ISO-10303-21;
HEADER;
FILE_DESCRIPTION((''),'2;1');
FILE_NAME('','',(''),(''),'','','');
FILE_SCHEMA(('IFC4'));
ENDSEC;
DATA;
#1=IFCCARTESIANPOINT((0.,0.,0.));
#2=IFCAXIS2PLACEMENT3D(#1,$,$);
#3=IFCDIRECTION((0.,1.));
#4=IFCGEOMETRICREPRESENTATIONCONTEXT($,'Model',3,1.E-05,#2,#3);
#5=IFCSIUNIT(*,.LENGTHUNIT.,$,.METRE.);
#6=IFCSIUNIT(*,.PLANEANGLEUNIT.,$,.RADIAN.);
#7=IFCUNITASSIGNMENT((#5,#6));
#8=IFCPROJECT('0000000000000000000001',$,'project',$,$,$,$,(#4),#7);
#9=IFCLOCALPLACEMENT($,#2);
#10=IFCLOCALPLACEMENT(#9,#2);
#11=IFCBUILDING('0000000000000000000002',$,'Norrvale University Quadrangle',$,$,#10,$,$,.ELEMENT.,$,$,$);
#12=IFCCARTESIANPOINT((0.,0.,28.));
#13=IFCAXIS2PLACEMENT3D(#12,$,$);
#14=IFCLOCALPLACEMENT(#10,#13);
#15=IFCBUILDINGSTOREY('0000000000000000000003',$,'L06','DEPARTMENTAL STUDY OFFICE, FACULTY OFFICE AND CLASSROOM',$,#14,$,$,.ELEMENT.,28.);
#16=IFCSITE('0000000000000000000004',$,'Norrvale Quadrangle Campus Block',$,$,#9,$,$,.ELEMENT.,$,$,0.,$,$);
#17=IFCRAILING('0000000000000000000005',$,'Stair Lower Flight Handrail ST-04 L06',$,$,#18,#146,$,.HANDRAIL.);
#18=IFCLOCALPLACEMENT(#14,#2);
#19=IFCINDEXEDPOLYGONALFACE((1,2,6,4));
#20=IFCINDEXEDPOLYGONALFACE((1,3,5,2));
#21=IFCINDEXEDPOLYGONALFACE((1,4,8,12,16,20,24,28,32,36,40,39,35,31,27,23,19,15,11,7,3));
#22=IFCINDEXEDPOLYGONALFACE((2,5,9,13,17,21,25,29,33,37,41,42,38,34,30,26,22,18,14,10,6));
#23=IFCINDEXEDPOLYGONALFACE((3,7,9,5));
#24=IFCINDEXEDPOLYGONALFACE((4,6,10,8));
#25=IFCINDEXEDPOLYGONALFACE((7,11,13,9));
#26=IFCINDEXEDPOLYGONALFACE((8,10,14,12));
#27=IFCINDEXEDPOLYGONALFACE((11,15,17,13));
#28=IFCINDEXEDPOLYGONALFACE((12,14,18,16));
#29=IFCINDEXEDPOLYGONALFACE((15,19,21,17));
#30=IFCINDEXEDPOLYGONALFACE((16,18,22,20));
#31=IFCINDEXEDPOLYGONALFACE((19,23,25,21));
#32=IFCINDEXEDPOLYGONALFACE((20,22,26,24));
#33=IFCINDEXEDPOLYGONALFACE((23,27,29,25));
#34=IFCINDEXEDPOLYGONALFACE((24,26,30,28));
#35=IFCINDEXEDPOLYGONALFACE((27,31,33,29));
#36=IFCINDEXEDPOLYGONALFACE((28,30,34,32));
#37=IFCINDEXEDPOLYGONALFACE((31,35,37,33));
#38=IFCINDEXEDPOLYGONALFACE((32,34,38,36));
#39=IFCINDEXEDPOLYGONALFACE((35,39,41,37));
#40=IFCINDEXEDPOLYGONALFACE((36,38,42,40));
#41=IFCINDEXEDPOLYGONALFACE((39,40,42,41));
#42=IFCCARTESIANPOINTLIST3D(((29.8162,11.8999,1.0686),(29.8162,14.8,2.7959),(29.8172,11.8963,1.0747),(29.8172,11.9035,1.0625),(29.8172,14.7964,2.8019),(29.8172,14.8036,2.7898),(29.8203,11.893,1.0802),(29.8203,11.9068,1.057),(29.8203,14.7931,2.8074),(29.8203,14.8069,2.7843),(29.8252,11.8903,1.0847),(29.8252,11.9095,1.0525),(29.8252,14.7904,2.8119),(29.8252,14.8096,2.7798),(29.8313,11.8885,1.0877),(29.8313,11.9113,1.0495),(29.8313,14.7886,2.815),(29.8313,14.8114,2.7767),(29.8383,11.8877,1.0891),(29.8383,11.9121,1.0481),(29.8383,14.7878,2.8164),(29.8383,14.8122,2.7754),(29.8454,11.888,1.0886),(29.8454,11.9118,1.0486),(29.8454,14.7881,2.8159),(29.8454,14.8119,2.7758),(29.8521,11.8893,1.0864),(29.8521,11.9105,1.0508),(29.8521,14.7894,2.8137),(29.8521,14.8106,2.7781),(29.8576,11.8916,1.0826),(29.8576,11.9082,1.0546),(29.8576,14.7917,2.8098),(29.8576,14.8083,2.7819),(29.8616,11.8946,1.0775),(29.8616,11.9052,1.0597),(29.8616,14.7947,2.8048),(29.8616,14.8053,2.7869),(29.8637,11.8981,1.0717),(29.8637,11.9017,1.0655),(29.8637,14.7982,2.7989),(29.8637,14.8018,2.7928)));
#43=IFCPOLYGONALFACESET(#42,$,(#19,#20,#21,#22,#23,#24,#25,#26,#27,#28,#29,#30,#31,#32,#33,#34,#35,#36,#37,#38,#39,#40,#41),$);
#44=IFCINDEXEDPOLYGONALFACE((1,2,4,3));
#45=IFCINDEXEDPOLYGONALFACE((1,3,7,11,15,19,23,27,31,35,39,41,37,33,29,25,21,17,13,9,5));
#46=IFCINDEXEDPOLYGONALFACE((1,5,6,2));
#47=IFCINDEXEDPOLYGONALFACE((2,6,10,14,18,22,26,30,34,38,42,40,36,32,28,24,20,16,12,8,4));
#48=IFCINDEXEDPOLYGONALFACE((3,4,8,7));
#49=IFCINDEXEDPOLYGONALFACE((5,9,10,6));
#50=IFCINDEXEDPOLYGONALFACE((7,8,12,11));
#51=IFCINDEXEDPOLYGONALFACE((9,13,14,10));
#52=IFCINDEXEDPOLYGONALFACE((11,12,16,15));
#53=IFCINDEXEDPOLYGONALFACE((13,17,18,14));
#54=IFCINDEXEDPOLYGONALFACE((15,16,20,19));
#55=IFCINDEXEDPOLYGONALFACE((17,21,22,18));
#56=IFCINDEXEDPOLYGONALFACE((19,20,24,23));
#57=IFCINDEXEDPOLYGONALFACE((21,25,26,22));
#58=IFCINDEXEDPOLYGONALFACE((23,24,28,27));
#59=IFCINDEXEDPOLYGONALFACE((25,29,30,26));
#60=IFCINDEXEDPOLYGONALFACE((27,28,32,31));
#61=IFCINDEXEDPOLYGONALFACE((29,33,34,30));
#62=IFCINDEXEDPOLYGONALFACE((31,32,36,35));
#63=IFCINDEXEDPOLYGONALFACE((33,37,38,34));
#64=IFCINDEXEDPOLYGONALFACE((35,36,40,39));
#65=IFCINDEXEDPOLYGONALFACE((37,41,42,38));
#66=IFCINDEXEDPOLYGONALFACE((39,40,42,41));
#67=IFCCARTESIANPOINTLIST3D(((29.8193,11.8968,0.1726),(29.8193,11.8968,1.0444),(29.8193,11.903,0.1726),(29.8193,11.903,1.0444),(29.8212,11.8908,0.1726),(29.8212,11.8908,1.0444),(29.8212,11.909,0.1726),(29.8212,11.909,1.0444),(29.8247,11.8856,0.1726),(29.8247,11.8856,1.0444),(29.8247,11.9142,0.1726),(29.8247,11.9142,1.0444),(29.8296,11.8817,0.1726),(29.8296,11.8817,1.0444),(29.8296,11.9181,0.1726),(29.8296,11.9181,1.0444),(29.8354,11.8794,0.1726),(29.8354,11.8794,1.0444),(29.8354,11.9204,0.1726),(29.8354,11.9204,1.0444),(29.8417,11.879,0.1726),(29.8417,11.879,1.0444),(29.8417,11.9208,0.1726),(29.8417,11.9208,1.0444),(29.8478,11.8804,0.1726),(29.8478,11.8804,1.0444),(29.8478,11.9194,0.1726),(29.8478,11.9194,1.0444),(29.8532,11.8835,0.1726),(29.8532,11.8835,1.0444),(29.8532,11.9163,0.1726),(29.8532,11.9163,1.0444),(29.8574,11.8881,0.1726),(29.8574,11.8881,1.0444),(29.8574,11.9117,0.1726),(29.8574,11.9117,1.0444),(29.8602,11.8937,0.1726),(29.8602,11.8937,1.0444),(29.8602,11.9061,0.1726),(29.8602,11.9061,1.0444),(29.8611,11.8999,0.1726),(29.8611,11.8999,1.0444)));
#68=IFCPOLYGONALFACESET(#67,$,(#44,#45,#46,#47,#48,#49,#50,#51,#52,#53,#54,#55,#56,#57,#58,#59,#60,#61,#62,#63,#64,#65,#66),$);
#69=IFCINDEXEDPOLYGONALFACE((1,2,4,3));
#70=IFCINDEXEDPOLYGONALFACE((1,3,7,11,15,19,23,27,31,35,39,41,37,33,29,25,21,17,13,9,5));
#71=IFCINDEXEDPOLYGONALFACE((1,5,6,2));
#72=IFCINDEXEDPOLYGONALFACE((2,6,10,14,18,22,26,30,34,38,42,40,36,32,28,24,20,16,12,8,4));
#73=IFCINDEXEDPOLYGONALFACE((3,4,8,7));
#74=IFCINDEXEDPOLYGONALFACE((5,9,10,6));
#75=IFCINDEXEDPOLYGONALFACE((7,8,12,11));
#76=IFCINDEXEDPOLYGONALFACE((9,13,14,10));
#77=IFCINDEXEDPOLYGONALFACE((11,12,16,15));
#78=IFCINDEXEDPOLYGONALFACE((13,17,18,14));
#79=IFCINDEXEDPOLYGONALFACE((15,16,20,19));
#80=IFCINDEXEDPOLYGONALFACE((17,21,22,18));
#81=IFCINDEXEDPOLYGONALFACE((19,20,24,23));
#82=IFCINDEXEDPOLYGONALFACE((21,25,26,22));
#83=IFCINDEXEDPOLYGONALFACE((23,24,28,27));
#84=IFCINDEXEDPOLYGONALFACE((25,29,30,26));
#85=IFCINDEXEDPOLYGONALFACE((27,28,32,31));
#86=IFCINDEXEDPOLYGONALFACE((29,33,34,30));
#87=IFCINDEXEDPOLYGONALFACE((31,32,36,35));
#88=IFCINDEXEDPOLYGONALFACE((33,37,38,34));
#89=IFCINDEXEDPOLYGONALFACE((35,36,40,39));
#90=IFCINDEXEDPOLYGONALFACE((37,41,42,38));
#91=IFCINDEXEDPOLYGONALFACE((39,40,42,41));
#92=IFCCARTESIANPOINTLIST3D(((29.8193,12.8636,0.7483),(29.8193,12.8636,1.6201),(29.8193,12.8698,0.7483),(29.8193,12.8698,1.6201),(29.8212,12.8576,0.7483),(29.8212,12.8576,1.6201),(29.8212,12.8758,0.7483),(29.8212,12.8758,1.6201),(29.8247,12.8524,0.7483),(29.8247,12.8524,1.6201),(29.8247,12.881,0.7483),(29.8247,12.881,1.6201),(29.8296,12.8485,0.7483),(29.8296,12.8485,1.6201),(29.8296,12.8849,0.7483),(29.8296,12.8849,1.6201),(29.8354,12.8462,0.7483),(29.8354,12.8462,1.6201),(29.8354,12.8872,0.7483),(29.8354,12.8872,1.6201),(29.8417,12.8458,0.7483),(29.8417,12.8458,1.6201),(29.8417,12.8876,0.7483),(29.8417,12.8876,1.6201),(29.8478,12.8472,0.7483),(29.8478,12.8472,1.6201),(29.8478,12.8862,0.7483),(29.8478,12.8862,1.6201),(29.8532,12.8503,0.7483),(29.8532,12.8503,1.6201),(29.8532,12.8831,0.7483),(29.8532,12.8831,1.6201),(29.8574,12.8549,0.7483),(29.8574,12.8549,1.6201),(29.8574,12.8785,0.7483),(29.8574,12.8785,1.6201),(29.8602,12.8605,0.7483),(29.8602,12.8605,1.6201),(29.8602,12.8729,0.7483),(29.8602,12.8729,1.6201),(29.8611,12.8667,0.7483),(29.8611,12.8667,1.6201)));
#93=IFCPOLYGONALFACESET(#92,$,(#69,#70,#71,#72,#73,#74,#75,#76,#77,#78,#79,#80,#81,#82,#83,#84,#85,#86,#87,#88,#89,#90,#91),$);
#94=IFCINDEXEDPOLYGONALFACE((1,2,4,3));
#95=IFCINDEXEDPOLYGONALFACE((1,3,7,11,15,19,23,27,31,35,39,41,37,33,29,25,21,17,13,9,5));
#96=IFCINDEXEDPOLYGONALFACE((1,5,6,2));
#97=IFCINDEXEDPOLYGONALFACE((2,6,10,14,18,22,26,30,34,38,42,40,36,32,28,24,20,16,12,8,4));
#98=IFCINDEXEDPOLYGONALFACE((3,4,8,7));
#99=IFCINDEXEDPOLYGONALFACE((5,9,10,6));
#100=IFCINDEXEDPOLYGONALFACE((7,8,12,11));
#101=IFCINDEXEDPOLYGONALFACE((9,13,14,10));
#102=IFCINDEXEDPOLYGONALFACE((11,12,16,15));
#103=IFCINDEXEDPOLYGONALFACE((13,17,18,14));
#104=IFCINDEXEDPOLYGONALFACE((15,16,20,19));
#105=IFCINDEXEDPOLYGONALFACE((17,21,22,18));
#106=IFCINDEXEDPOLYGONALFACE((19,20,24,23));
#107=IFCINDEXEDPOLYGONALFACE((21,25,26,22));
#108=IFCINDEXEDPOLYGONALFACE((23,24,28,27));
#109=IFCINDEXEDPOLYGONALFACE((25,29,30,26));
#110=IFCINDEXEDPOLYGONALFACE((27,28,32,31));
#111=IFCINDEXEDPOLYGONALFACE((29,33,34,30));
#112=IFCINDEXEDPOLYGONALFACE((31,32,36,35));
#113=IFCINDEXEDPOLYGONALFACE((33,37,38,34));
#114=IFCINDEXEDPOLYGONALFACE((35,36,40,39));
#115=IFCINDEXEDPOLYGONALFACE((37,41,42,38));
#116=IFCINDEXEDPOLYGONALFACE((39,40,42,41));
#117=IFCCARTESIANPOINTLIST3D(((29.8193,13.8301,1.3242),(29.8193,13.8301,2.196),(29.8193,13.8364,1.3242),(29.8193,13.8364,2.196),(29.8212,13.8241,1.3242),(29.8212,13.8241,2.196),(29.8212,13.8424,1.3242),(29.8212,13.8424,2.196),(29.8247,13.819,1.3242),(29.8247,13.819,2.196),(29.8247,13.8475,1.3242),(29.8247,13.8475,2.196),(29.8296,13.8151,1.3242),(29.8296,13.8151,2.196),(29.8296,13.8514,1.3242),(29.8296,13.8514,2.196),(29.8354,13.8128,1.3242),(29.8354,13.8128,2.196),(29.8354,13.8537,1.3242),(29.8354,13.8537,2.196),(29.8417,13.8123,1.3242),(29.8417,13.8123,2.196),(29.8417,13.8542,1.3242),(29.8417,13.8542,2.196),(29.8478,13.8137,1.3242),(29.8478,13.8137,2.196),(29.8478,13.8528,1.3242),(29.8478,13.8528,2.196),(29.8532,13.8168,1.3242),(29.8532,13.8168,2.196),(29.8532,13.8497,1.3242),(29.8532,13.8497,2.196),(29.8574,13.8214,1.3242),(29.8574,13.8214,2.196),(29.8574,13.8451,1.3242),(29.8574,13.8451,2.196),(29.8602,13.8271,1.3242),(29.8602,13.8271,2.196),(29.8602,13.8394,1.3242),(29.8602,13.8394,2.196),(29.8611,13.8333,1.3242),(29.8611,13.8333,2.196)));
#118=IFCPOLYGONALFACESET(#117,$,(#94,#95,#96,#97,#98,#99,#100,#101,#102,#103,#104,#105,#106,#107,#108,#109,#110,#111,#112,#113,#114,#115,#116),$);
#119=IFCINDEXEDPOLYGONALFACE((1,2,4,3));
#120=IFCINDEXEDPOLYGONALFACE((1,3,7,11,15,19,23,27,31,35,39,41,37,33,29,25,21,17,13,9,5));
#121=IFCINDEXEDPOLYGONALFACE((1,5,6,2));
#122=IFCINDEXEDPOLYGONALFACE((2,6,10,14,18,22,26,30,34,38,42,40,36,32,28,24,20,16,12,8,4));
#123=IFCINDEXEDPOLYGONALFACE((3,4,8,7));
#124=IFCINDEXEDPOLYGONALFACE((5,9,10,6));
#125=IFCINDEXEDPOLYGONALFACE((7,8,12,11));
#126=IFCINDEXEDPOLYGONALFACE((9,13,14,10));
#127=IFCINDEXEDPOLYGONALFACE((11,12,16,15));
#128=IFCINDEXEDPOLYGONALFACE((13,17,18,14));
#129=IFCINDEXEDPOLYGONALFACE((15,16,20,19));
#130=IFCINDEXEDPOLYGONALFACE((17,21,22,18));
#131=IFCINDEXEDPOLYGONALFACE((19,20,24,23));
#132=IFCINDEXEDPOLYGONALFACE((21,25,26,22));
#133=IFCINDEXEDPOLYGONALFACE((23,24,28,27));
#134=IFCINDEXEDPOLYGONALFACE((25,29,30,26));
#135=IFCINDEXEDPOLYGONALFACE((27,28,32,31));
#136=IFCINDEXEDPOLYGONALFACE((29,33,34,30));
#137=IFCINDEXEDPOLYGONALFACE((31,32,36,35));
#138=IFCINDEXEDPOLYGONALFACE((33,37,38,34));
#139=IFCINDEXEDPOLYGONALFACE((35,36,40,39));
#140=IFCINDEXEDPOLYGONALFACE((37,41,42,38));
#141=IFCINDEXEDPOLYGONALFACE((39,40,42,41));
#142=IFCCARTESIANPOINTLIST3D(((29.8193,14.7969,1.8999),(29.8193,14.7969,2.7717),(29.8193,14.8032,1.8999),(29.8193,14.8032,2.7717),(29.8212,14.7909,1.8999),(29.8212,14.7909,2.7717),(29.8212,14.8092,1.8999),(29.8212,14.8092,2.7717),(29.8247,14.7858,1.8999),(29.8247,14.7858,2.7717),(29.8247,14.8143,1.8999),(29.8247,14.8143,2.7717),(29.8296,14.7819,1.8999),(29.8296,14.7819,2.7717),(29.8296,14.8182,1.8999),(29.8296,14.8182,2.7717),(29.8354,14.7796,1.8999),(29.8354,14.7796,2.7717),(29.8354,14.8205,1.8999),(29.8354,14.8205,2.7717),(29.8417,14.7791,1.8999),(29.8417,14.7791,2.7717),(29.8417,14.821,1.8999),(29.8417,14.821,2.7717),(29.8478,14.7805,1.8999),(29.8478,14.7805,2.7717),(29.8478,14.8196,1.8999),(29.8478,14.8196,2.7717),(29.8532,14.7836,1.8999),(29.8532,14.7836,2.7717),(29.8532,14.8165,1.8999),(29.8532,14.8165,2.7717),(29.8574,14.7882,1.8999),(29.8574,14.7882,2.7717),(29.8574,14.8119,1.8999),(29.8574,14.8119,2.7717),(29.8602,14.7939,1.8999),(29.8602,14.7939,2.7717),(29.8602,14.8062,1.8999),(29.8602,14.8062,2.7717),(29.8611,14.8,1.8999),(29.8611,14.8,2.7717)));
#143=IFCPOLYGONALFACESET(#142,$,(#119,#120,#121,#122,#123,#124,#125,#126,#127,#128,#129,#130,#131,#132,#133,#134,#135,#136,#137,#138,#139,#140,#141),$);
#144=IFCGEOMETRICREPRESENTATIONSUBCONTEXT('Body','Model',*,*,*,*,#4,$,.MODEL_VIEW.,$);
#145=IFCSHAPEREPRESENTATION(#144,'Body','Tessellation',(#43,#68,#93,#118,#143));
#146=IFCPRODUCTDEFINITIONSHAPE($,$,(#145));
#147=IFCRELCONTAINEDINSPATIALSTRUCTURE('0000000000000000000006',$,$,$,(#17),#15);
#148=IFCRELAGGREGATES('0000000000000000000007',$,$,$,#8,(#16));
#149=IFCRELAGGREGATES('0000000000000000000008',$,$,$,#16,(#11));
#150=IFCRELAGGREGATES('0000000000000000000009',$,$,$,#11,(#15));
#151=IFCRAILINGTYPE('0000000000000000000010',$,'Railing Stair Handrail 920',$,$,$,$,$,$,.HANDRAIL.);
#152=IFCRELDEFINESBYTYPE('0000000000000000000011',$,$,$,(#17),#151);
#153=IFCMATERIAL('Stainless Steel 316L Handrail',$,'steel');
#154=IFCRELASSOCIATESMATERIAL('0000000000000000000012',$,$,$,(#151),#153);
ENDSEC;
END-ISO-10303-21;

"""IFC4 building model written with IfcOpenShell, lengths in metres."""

from ifc_helpers import new_model, si_unit, direction, frame, origin, origin_2d, place, context, subcontext, project, spatial, circle, extrude, material, type_object, element, save


model = new_model("IFC4")

# Units and contexts
model_context = context("Model", 3, precision=1e-05, world=origin(), true_north=direction((0.0, 1.0)))
body_context = subcontext(model_context, "Body", "Model", "MODEL_VIEW")
ifc_project = project(units=[si_unit("LENGTHUNIT", "METRE"), si_unit("PLANEANGLEUNIT", "RADIAN")], contexts=[model_context])

# Site, building, storey
site_placement = place(None, origin())
site = spatial("IfcSite", under=ifc_project, at=site_placement, Name="Norrvale Quadrangle Campus Block", CompositionType="ELEMENT", RefElevation=0.0)
building_placement = place(site_placement, origin())
building = spatial("IfcBuilding", under=site, at=building_placement, Name="Norrvale University Quadrangle", CompositionType="ELEMENT")
storey_placement = place(building_placement, frame((0.0, 0.0, 28.0)))
storey = spatial("IfcBuildingStorey", under=building, at=storey_placement, Name="L06", Description="DEPARTMENTAL STUDY OFFICE, FACULTY OFFICE AND CLASSROOM", CompositionType="ELEMENT", Elevation=28.0)

# Railing
ifc_material_1 = material(Name="Stainless Steel 316L Handrail", Category="steel")
railing_type_1 = type_object("IfcRailingType", Name="Railing Stair Handrail 920", PredefinedType="HANDRAIL", material=ifc_material_1)
railing_1_placement = place(storey_placement, frame((29.8401, 11.8999, 0.1726)))
element("IfcRailing", 1, at=railing_1_placement, inside=storey, type_object=railing_type_1, Name="Stair Lower Flight Handrail ST-04 L06", PredefinedType="HANDRAIL", context=body_context, shape_type="SweptSolid", body=[
    extrude(circle(Radius=0.0239, at=origin_2d()), frame((0.0, 0.0, 0.896), z_axis=(0.0, 0.85916, 0.511706), x_axis=(-1.0, 0.0, 0.0)), (0.0, 0.0, 1.0), 3.3755),
    extrude(circle(Radius=0.021, at=origin_2d()), origin(), (0.0, 0.0, 1.0), 0.8718),
    extrude(circle(Radius=0.021, at=origin_2d()), frame((0.0, 0.9668, 0.5757)), (0.0, 0.0, 1.0), 0.8718),
    extrude(circle(Radius=0.021, at=origin_2d()), frame((0.0, 1.9333, 1.1516)), (0.0, 0.0, 1.0), 0.8718),
    extrude(circle(Radius=0.021, at=origin_2d()), frame((0.0, 2.9001, 1.7273)), (0.0, 0.0, 1.0), 0.8718),
])

save(model, "model.ifc")
